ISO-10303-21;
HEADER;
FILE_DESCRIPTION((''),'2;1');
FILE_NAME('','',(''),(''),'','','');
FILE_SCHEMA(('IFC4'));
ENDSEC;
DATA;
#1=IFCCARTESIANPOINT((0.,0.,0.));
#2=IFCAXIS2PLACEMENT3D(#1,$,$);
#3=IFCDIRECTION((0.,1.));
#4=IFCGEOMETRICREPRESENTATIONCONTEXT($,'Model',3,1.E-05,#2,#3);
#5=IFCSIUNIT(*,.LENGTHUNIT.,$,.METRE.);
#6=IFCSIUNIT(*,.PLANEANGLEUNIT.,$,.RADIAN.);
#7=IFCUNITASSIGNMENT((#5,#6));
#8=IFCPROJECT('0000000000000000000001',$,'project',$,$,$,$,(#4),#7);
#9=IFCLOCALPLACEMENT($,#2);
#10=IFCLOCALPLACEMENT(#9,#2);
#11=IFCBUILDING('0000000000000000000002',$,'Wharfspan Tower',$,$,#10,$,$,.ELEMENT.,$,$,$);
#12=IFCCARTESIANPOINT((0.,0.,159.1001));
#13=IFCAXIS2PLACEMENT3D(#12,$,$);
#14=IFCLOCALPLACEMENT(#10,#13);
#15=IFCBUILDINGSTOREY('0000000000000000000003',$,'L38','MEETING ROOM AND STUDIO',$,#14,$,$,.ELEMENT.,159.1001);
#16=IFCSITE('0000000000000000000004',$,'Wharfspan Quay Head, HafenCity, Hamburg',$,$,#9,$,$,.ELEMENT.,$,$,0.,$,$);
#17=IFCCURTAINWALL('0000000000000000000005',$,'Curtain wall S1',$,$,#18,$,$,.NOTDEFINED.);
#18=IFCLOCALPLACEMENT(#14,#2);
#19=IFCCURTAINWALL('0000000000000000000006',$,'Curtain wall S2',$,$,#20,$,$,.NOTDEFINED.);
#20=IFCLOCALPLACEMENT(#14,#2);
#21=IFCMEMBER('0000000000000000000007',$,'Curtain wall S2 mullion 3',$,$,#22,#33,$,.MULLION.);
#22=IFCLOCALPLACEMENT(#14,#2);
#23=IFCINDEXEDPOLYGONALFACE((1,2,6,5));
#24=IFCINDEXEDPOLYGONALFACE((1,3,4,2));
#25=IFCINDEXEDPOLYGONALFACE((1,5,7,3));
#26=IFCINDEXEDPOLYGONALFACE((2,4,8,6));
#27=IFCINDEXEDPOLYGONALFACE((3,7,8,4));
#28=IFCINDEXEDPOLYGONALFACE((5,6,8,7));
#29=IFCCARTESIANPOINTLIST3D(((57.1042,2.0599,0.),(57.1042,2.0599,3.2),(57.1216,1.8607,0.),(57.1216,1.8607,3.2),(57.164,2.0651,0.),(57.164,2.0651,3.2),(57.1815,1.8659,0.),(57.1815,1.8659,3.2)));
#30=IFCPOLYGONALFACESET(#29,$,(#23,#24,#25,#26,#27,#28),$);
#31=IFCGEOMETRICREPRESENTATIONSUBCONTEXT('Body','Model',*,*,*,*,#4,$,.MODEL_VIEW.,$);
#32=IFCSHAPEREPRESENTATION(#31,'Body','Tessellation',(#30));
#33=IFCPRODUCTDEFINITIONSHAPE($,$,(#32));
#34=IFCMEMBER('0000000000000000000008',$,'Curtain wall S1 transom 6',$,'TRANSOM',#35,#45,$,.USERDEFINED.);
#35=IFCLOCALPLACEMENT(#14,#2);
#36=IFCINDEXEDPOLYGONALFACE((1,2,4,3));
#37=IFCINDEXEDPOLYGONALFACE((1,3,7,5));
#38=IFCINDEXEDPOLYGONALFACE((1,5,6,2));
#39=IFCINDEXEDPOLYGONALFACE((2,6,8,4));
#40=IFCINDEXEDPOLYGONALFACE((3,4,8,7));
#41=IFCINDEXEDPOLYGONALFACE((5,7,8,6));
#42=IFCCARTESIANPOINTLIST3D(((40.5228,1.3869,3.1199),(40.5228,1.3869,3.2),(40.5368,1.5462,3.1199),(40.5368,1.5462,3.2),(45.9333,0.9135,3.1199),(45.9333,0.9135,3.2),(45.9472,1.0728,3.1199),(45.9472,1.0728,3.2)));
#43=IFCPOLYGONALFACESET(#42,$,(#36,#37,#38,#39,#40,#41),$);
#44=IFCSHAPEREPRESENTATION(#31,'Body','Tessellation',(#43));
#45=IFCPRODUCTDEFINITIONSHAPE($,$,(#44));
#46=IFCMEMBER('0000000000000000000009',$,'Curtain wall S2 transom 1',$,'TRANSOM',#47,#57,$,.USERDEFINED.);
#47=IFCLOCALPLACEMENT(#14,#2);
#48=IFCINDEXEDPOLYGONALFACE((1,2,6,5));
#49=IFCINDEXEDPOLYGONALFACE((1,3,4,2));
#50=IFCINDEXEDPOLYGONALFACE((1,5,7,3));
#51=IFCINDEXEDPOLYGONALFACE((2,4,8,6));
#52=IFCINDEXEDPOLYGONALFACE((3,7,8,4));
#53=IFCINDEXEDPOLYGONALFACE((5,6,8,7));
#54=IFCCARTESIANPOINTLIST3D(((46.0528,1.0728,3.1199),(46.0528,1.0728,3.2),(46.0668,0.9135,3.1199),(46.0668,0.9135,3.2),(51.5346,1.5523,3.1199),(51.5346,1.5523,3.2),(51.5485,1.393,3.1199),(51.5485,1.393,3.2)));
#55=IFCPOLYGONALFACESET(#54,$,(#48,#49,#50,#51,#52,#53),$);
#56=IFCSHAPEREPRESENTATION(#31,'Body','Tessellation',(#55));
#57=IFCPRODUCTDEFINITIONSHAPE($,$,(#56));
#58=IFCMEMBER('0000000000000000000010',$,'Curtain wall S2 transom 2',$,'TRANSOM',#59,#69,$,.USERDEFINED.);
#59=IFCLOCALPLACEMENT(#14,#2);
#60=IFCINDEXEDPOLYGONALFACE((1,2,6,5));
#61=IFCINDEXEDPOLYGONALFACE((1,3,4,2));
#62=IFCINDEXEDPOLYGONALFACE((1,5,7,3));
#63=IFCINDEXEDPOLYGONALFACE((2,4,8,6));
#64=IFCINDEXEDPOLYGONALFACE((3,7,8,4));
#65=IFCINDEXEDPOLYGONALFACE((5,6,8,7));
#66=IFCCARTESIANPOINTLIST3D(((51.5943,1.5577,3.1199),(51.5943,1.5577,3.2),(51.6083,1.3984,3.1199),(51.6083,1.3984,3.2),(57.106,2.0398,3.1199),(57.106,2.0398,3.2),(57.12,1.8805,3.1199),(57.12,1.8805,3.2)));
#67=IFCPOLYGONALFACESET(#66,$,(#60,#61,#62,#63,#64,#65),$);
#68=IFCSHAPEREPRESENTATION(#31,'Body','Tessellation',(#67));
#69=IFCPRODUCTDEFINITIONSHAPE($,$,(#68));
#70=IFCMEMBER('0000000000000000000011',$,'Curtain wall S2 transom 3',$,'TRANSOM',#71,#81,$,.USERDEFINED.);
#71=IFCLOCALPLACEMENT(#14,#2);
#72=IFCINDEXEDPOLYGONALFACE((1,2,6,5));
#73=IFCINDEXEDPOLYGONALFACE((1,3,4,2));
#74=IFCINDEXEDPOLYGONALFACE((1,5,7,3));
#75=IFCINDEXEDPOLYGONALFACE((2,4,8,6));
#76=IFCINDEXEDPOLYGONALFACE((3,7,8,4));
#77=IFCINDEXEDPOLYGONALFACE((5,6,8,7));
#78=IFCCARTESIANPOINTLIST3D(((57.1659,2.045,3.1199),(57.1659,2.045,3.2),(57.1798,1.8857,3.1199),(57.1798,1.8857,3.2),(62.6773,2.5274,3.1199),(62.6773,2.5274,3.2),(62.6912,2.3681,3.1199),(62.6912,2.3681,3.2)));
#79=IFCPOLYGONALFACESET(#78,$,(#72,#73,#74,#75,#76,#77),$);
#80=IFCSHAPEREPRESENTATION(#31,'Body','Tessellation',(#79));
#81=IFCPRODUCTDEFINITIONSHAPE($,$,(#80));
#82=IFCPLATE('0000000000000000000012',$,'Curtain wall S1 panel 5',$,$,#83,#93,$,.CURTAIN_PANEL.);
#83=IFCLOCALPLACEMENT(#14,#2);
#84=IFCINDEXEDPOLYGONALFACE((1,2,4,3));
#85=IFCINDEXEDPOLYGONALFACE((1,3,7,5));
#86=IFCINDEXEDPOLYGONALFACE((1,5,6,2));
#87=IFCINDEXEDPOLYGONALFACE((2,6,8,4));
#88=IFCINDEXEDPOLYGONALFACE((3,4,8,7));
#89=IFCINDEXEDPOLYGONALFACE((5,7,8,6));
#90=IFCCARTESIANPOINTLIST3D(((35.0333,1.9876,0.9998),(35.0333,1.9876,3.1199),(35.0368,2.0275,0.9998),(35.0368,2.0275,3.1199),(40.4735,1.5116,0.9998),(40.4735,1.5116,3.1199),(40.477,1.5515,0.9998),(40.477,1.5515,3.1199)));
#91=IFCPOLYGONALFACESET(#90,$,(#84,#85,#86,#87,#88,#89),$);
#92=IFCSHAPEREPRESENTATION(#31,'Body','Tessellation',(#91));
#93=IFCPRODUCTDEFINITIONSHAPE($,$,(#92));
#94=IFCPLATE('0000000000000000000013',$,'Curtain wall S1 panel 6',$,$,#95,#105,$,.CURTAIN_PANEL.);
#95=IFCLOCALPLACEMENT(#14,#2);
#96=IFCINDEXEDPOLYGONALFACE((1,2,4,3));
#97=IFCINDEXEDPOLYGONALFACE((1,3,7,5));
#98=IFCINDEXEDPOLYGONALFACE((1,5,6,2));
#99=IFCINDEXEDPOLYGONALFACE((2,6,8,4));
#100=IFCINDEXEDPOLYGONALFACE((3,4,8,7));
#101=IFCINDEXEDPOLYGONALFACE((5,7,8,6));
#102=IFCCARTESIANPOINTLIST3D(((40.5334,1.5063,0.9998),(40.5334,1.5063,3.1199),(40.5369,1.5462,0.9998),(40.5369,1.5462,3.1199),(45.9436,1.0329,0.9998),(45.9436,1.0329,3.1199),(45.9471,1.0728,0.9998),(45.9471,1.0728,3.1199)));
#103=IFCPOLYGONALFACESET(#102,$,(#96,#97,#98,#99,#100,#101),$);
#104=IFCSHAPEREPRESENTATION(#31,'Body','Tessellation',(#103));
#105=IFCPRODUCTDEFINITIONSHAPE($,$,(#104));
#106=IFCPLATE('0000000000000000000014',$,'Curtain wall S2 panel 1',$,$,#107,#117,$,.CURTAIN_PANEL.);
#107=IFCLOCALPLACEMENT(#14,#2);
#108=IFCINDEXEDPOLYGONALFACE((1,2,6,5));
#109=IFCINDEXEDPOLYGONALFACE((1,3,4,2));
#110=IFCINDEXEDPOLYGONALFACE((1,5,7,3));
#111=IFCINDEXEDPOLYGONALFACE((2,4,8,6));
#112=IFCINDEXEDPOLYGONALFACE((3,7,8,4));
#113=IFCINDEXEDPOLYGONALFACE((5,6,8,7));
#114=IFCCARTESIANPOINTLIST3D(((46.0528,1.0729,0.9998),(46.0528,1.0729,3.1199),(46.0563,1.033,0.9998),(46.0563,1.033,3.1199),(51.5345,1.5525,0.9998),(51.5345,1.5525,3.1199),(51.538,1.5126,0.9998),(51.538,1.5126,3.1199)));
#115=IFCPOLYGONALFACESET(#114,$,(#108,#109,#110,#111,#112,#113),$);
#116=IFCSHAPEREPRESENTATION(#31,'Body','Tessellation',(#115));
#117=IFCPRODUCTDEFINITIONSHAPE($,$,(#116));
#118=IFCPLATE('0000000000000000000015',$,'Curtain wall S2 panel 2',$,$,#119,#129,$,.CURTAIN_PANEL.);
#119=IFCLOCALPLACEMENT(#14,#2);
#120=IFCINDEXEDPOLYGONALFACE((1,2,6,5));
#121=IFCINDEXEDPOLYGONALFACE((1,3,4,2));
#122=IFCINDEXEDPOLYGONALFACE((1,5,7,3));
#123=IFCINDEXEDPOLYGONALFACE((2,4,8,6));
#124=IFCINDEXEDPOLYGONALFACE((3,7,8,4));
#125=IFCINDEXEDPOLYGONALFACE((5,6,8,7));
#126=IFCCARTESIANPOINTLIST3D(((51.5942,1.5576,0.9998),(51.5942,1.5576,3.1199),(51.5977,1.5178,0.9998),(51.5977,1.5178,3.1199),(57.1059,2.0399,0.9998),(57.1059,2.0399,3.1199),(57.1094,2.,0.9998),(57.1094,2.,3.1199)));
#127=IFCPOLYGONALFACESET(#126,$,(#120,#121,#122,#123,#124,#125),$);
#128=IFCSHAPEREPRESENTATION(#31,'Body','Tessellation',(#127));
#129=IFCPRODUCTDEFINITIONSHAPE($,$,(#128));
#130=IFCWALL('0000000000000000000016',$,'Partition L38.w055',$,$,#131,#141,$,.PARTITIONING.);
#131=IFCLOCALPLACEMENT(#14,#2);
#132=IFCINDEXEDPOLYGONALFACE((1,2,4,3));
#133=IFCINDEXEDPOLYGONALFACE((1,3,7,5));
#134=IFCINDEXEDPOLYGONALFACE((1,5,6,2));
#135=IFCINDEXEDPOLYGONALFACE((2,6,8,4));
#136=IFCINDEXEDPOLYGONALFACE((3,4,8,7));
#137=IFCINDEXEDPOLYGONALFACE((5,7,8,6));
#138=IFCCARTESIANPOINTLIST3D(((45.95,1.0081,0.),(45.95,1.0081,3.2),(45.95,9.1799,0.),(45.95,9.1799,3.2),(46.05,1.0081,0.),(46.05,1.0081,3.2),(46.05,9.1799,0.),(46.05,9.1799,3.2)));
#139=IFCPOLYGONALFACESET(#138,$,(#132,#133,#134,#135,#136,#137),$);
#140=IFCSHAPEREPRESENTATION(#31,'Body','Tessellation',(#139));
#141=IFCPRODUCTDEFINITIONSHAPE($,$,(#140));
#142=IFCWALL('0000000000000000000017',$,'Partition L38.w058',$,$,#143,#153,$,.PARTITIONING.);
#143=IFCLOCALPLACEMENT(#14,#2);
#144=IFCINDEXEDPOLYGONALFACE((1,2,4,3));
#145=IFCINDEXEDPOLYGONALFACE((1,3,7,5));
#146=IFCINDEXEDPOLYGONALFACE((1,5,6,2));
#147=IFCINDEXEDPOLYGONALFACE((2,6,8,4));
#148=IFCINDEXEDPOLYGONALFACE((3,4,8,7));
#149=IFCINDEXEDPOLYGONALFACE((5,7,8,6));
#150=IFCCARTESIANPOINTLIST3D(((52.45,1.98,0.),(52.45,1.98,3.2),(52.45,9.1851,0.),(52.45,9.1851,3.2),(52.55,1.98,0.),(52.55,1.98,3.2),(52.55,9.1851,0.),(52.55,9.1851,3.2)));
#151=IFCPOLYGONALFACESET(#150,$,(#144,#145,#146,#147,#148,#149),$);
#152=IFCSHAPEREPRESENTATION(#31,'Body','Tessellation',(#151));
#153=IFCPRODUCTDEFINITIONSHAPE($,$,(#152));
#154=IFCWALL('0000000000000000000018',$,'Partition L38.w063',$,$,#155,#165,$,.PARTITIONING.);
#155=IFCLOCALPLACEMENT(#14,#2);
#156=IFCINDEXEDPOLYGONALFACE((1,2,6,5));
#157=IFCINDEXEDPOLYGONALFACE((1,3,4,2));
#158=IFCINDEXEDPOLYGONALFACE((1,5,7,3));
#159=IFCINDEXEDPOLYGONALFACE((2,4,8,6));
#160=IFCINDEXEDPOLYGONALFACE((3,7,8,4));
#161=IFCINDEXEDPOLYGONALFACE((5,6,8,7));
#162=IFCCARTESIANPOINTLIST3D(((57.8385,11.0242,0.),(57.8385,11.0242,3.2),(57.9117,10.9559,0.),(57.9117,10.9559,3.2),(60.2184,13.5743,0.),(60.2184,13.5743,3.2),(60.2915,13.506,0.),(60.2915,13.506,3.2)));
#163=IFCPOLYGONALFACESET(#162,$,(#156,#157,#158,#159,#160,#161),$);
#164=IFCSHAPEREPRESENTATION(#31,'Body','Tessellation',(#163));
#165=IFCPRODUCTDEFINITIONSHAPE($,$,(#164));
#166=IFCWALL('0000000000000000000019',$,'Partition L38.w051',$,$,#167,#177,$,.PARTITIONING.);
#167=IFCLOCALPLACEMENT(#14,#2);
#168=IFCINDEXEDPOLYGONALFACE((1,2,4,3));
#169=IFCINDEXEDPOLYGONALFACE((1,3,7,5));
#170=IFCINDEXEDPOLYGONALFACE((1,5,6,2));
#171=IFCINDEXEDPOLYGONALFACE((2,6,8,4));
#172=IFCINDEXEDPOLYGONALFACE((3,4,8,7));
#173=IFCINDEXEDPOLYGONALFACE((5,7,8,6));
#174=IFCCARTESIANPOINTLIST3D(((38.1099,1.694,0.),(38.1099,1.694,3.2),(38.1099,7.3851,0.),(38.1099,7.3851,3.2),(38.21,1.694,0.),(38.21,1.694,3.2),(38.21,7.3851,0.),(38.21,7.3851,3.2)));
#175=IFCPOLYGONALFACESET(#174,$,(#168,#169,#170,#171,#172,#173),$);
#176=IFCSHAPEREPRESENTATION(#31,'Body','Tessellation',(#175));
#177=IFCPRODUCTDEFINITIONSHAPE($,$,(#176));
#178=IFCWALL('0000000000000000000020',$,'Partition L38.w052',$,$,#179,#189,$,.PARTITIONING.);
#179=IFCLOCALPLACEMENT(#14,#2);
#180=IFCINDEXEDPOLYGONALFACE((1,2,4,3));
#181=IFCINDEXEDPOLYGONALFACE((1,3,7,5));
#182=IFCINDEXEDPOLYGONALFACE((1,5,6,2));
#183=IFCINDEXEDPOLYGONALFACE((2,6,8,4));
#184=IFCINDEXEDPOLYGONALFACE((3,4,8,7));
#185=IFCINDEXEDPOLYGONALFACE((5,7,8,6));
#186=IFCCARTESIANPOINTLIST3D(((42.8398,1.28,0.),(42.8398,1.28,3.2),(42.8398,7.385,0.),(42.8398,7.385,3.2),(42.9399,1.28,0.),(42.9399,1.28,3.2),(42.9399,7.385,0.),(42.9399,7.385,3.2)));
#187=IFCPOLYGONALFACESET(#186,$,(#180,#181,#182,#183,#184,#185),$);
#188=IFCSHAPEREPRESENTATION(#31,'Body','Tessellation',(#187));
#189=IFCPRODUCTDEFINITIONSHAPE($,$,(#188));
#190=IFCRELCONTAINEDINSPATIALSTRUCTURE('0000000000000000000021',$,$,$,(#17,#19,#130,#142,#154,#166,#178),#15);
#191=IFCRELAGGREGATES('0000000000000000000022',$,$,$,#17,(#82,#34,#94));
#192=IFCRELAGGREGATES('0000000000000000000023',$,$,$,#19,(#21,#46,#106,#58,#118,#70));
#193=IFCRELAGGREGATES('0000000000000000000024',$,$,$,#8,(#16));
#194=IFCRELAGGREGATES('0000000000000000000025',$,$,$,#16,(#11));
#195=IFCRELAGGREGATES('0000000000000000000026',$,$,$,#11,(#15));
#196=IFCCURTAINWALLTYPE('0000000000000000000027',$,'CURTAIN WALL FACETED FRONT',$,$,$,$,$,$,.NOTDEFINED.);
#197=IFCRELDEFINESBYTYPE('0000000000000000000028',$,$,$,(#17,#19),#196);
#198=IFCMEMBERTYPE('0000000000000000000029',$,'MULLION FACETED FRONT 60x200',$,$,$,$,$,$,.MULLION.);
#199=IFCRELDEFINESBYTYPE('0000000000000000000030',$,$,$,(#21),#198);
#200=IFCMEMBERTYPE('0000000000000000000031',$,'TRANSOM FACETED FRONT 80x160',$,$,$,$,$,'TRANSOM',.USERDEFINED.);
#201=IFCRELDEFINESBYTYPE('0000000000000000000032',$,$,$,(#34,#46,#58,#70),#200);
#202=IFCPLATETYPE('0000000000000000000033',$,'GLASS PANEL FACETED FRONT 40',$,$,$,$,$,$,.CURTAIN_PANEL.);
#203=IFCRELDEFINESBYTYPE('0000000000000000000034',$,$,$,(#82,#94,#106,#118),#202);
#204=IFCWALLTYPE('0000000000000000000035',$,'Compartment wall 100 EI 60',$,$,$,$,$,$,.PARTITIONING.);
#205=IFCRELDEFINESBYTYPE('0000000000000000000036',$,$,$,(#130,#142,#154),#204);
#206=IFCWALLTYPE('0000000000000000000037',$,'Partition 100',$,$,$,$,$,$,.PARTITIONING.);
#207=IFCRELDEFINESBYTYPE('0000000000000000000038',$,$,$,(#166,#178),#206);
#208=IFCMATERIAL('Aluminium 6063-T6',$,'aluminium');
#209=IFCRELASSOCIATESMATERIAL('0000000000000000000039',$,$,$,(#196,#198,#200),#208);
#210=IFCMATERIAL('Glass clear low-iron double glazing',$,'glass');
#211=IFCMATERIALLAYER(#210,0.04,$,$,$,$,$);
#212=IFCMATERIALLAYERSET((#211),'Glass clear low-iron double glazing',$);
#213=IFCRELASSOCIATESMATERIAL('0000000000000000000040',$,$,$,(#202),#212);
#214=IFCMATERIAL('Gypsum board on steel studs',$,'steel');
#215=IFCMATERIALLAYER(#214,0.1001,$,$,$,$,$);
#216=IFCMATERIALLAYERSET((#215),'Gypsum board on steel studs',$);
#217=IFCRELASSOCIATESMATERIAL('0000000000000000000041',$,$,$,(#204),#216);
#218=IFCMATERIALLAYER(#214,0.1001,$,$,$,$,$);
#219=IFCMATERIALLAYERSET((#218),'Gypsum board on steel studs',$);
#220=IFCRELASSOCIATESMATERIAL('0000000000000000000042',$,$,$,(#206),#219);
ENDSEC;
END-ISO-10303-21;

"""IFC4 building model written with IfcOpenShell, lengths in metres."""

from ifc_helpers import new_model, si_unit, direction, frame, frame_2d, origin, origin_2d, place, context, subcontext, project, spatial, rectangle, extrude, material, layer, layer_set, material_profile, profile_set, type_object, element, aggregate, save


model = new_model("IFC4")

# Units and contexts
model_context = context("Model", 3, precision=1e-05, world=origin(), true_north=direction((0.0, 1.0)))
body_context = subcontext(model_context, "Body", "Model", "MODEL_VIEW")
ifc_project = project(units=[si_unit("LENGTHUNIT", "METRE"), si_unit("PLANEANGLEUNIT", "RADIAN")], contexts=[model_context])

# Site, building, storey
site_placement = place(None, origin())
site = spatial("IfcSite", under=ifc_project, at=site_placement, Name="Wharfspan Quay Head, HafenCity, Hamburg", CompositionType="ELEMENT", RefElevation=0.0)
building_placement = place(site_placement, origin())
building = spatial("IfcBuilding", under=site, at=building_placement, Name="Wharfspan Tower", CompositionType="ELEMENT")
storey_placement = place(building_placement, frame((0.0, 0.0, 159.1001)))
storey = spatial("IfcBuildingStorey", under=building, at=storey_placement, Name="L38", Description="MEETING ROOM AND STUDIO", CompositionType="ELEMENT", Elevation=159.1001)

# Curtain walls, member
ifc_material_1 = material(Name="Aluminium 6063-T6", Category="aluminium")
curtain_wall_type = type_object("IfcCurtainWallType", Name="CURTAIN WALL FACETED FRONT", PredefinedType="NOTDEFINED", material=ifc_material_1)
curtain_wall_1_placement = place(storey_placement, origin())
curtain_wall_1 = element("IfcCurtainWall", 1, at=curtain_wall_1_placement, inside=storey, type_object=curtain_wall_type, Name="Curtain wall S1", PredefinedType="NOTDEFINED")
ifc_material_profile_1 = material_profile(ifc_material_1, rectangle(XDim=0.2, YDim=0.0601, at=origin_2d()))
ifc_profile_set_1 = profile_set([ifc_material_profile_1], Name="Aluminium 6063-T6")
member_type_1 = type_object("IfcMemberType", Name="MULLION FACETED FRONT 60x200", PredefinedType="MULLION", material=ifc_profile_set_1)
curtain_wall_2_placement = place(storey_placement, origin())
curtain_wall_2 = element("IfcCurtainWall", 2, at=curtain_wall_2_placement, inside=storey, type_object=curtain_wall_type, Name="Curtain wall S2", PredefinedType="NOTDEFINED")
member_1_placement = place(storey_placement, frame((57.1428, 1.9629, 0.0), z_axis=(0.0, 0.0, 1.0), x_axis=(-0.087156, 0.996198, 0.0)))
member_1 = element("IfcMember", 3, at=member_1_placement, type_object=member_type_1, Name="Curtain wall S2 mullion 3", PredefinedType="MULLION", context=body_context, shape_type="SweptSolid", body=[
    extrude(rectangle(XDim=0.2, YDim=0.0601, at=origin_2d()), origin(), (0.0, 0.0, 1.0), 3.2),
])

# Members
ifc_material_profile_2 = material_profile(ifc_material_1, rectangle(XDim=0.1599, YDim=0.0801, at=origin_2d()))
ifc_profile_set_2 = profile_set([ifc_material_profile_2], Name="Aluminium 6063-T6")
member_type_2 = type_object("IfcMemberType", Name="TRANSOM FACETED FRONT 80x160", ElementType="TRANSOM", PredefinedType="USERDEFINED", material=ifc_profile_set_2)
member_2_placement = place(storey_placement, frame((40.5298, 1.4666, 3.1599), z_axis=(0.996194, -0.087163, 0.0), x_axis=(0.087163, 0.996194, 0.0)))
member_2 = element("IfcMember", 4, at=member_2_placement, type_object=member_type_2, Name="Curtain wall S1 transom 6", ObjectType="TRANSOM", PredefinedType="USERDEFINED", context=body_context, shape_type="SweptSolid", body=[
    extrude(rectangle(XDim=0.1599, YDim=0.0801, at=origin_2d()), origin(), (0.0, 0.0, 1.0), 5.4312),
])
member_3_placement = place(storey_placement, frame((46.0598, 0.9932, 3.1599), z_axis=(0.996196, 0.087139, 0.0), x_axis=(-0.087139, 0.996196, 0.0)))
member_3 = element("IfcMember", 5, at=member_3_placement, type_object=member_type_2, Name="Curtain wall S2 transom 1", ObjectType="TRANSOM", PredefinedType="USERDEFINED", context=body_context, shape_type="SweptSolid", body=[
    extrude(rectangle(XDim=0.1599, YDim=0.0801, at=origin_2d()), origin(), (0.0, 0.0, 1.0), 5.5027),
])
member_4_placement = place(storey_placement, frame((51.6013, 1.478, 3.1599), z_axis=(0.996195, 0.087149, 0.0), x_axis=(-0.087149, 0.996195, 0.0)))
member_4 = element("IfcMember", 6, at=member_4_placement, type_object=member_type_2, Name="Curtain wall S2 transom 2", ObjectType="TRANSOM", PredefinedType="USERDEFINED", context=body_context, shape_type="SweptSolid", body=[
    extrude(rectangle(XDim=0.1599, YDim=0.0801, at=origin_2d()), origin(), (0.0, 0.0, 1.0), 5.5327),
])
member_5_placement = place(storey_placement, frame((57.1729, 1.9653, 3.1599), z_axis=(0.996191, 0.087197, 0.0), x_axis=(-0.087197, 0.996191, 0.0)))
member_5 = element("IfcMember", 7, at=member_5_placement, type_object=member_type_2, Name="Curtain wall S2 transom 3", ObjectType="TRANSOM", PredefinedType="USERDEFINED", context=body_context, shape_type="SweptSolid", body=[
    extrude(rectangle(XDim=0.1599, YDim=0.0801, at=origin_2d()), origin(), (0.0, 0.0, 1.0), 5.5325),
])

# Plates
ifc_material_2 = material(Name="Glass clear low-iron double glazing", Category="glass")
ifc_layer_1 = layer(ifc_material_2, 0.04)
ifc_layer_set_1 = layer_set([ifc_layer_1], Name="Glass clear low-iron double glazing")
plate_type = type_object("IfcPlateType", Name="GLASS PANEL FACETED FRONT 40", PredefinedType="CURTAIN_PANEL", material=ifc_layer_set_1)
plate_1_placement = place(storey_placement, frame((37.7551, 1.7695, 0.9998), z_axis=(0.0, 0.0, 1.0), x_axis=(0.996198, -0.087156, 0.0)))
plate_1 = element("IfcPlate", 8, at=plate_1_placement, type_object=plate_type, Name="Curtain wall S1 panel 5", PredefinedType="CURTAIN_PANEL", context=body_context, shape_type="SweptSolid", body=[
    extrude(rectangle(XDim=5.4609, YDim=0.04, at=origin_2d()), origin(), (0.0, 0.0, 1.0), 2.1201),
])
plate_2_placement = place(storey_placement, frame((43.2402, 1.2896, 0.9998), z_axis=(0.0, 0.0, 1.0), x_axis=(0.996198, -0.087156, 0.0)))
plate_2 = element("IfcPlate", 9, at=plate_2_placement, type_object=plate_type, Name="Curtain wall S1 panel 6", PredefinedType="CURTAIN_PANEL", context=body_context, shape_type="SweptSolid", body=[
    extrude(rectangle(XDim=5.4309, YDim=0.04, at=origin_2d()), origin(), (0.0, 0.0, 1.0), 2.1201),
])
aggregate(curtain_wall_1, [plate_1, member_2, plate_2])
plate_3_placement = place(storey_placement, frame((48.7954, 1.2927, 0.9998), z_axis=(0.0, 0.0, 1.0), x_axis=(0.996198, 0.087156, 0.0)))
plate_3 = element("IfcPlate", 10, at=plate_3_placement, type_object=plate_type, Name="Curtain wall S2 panel 1", PredefinedType="CURTAIN_PANEL", context=body_context, shape_type="SweptSolid", body=[
    extrude(rectangle(XDim=5.5027, YDim=0.04, at=origin_2d()), origin(), (0.0, 0.0, 1.0), 2.1201),
])
plate_4_placement = place(storey_placement, frame((54.3518, 1.7788, 0.9998), z_axis=(0.0, 0.0, 1.0), x_axis=(0.996198, 0.087156, 0.0)))
plate_4 = element("IfcPlate", 11, at=plate_4_placement, type_object=plate_type, Name="Curtain wall S2 panel 2", PredefinedType="CURTAIN_PANEL", context=body_context, shape_type="SweptSolid", body=[
    extrude(rectangle(XDim=5.5327, YDim=0.04, at=origin_2d()), origin(), (0.0, 0.0, 1.0), 2.1201),
])
aggregate(curtain_wall_2, [member_1, member_3, plate_3, member_4, plate_4, member_5])

# Walls
ifc_material_3 = material(Name="Gypsum board on steel studs", Category="steel")
ifc_layer_2 = layer(ifc_material_3, 0.1001)
ifc_layer_set_2 = layer_set([ifc_layer_2], Name="Gypsum board on steel studs")
wall_type_1 = type_object("IfcWallType", Name="Compartment wall 100 EI 60", PredefinedType="PARTITIONING", material=ifc_layer_set_2)
wall_1_placement = place(storey_placement, frame((46.0, 1.0081, 0.0), z_axis=(0.0, 0.0, 1.0), x_axis=(0.0, 1.0, 0.0)))
element("IfcWall", 12, at=wall_1_placement, inside=storey, type_object=wall_type_1, Name="Partition L38.w055", PredefinedType="PARTITIONING", context=body_context, shape_type="SweptSolid", body=[
    extrude(rectangle(XDim=8.1719, YDim=0.1001, at=frame_2d((4.0859, 0.0))), origin(), (0.0, 0.0, 1.0), 3.2),
])
wall_2_placement = place(storey_placement, frame((52.5, 1.98, 0.0), z_axis=(0.0, 0.0, 1.0), x_axis=(0.0, 1.0, 0.0)))
element("IfcWall", 13, at=wall_2_placement, inside=storey, type_object=wall_type_1, Name="Partition L38.w058", PredefinedType="PARTITIONING", context=body_context, shape_type="SweptSolid", body=[
    extrude(rectangle(XDim=7.2051, YDim=0.1001, at=frame_2d((3.6025, 0.0))), origin(), (0.0, 0.0, 1.0), 3.2),
])
wall_3_placement = place(storey_placement, frame((57.875, 10.99, 0.0), z_axis=(0.0, 0.0, 1.0), x_axis=(0.68229, 0.731075, 0.0)))
element("IfcWall", 14, at=wall_3_placement, inside=storey, type_object=wall_type_1, Name="Partition L38.w063", PredefinedType="PARTITIONING", context=body_context, shape_type="SweptSolid", body=[
    extrude(rectangle(XDim=3.488, YDim=0.1001, at=frame_2d((1.7441, 0.0))), origin(), (0.0, 0.0, 1.0), 3.2),
])
ifc_layer_3 = layer(ifc_material_3, 0.1001)
ifc_layer_set_3 = layer_set([ifc_layer_3], Name="Gypsum board on steel studs")
wall_type_2 = type_object("IfcWallType", Name="Partition 100", PredefinedType="PARTITIONING", material=ifc_layer_set_3)
wall_4_placement = place(storey_placement, frame((38.1599, 1.6938, 0.0), z_axis=(0.0, 0.0, 1.0), x_axis=(0.0, 1.0, 0.0)))
element("IfcWall", 15, at=wall_4_placement, inside=storey, type_object=wall_type_2, Name="Partition L38.w051", PredefinedType="PARTITIONING", context=body_context, shape_type="SweptSolid", body=[
    extrude(rectangle(XDim=5.6912, YDim=0.1001, at=frame_2d((2.8457, 0.0))), origin(), (0.0, 0.0, 1.0), 3.2),
])
wall_5_placement = place(storey_placement, frame((42.8899, 1.28, 0.0), z_axis=(0.0, 0.0, 1.0), x_axis=(0.0, 1.0, 0.0)))
element("IfcWall", 16, at=wall_5_placement, inside=storey, type_object=wall_type_2, Name="Partition L38.w052", PredefinedType="PARTITIONING", context=body_context, shape_type="SweptSolid", body=[
    extrude(rectangle(XDim=6.105, YDim=0.1001, at=frame_2d((3.0525, 0.0))), origin(), (0.0, 0.0, 1.0), 3.2),
])

save(model, "model.ifc")
